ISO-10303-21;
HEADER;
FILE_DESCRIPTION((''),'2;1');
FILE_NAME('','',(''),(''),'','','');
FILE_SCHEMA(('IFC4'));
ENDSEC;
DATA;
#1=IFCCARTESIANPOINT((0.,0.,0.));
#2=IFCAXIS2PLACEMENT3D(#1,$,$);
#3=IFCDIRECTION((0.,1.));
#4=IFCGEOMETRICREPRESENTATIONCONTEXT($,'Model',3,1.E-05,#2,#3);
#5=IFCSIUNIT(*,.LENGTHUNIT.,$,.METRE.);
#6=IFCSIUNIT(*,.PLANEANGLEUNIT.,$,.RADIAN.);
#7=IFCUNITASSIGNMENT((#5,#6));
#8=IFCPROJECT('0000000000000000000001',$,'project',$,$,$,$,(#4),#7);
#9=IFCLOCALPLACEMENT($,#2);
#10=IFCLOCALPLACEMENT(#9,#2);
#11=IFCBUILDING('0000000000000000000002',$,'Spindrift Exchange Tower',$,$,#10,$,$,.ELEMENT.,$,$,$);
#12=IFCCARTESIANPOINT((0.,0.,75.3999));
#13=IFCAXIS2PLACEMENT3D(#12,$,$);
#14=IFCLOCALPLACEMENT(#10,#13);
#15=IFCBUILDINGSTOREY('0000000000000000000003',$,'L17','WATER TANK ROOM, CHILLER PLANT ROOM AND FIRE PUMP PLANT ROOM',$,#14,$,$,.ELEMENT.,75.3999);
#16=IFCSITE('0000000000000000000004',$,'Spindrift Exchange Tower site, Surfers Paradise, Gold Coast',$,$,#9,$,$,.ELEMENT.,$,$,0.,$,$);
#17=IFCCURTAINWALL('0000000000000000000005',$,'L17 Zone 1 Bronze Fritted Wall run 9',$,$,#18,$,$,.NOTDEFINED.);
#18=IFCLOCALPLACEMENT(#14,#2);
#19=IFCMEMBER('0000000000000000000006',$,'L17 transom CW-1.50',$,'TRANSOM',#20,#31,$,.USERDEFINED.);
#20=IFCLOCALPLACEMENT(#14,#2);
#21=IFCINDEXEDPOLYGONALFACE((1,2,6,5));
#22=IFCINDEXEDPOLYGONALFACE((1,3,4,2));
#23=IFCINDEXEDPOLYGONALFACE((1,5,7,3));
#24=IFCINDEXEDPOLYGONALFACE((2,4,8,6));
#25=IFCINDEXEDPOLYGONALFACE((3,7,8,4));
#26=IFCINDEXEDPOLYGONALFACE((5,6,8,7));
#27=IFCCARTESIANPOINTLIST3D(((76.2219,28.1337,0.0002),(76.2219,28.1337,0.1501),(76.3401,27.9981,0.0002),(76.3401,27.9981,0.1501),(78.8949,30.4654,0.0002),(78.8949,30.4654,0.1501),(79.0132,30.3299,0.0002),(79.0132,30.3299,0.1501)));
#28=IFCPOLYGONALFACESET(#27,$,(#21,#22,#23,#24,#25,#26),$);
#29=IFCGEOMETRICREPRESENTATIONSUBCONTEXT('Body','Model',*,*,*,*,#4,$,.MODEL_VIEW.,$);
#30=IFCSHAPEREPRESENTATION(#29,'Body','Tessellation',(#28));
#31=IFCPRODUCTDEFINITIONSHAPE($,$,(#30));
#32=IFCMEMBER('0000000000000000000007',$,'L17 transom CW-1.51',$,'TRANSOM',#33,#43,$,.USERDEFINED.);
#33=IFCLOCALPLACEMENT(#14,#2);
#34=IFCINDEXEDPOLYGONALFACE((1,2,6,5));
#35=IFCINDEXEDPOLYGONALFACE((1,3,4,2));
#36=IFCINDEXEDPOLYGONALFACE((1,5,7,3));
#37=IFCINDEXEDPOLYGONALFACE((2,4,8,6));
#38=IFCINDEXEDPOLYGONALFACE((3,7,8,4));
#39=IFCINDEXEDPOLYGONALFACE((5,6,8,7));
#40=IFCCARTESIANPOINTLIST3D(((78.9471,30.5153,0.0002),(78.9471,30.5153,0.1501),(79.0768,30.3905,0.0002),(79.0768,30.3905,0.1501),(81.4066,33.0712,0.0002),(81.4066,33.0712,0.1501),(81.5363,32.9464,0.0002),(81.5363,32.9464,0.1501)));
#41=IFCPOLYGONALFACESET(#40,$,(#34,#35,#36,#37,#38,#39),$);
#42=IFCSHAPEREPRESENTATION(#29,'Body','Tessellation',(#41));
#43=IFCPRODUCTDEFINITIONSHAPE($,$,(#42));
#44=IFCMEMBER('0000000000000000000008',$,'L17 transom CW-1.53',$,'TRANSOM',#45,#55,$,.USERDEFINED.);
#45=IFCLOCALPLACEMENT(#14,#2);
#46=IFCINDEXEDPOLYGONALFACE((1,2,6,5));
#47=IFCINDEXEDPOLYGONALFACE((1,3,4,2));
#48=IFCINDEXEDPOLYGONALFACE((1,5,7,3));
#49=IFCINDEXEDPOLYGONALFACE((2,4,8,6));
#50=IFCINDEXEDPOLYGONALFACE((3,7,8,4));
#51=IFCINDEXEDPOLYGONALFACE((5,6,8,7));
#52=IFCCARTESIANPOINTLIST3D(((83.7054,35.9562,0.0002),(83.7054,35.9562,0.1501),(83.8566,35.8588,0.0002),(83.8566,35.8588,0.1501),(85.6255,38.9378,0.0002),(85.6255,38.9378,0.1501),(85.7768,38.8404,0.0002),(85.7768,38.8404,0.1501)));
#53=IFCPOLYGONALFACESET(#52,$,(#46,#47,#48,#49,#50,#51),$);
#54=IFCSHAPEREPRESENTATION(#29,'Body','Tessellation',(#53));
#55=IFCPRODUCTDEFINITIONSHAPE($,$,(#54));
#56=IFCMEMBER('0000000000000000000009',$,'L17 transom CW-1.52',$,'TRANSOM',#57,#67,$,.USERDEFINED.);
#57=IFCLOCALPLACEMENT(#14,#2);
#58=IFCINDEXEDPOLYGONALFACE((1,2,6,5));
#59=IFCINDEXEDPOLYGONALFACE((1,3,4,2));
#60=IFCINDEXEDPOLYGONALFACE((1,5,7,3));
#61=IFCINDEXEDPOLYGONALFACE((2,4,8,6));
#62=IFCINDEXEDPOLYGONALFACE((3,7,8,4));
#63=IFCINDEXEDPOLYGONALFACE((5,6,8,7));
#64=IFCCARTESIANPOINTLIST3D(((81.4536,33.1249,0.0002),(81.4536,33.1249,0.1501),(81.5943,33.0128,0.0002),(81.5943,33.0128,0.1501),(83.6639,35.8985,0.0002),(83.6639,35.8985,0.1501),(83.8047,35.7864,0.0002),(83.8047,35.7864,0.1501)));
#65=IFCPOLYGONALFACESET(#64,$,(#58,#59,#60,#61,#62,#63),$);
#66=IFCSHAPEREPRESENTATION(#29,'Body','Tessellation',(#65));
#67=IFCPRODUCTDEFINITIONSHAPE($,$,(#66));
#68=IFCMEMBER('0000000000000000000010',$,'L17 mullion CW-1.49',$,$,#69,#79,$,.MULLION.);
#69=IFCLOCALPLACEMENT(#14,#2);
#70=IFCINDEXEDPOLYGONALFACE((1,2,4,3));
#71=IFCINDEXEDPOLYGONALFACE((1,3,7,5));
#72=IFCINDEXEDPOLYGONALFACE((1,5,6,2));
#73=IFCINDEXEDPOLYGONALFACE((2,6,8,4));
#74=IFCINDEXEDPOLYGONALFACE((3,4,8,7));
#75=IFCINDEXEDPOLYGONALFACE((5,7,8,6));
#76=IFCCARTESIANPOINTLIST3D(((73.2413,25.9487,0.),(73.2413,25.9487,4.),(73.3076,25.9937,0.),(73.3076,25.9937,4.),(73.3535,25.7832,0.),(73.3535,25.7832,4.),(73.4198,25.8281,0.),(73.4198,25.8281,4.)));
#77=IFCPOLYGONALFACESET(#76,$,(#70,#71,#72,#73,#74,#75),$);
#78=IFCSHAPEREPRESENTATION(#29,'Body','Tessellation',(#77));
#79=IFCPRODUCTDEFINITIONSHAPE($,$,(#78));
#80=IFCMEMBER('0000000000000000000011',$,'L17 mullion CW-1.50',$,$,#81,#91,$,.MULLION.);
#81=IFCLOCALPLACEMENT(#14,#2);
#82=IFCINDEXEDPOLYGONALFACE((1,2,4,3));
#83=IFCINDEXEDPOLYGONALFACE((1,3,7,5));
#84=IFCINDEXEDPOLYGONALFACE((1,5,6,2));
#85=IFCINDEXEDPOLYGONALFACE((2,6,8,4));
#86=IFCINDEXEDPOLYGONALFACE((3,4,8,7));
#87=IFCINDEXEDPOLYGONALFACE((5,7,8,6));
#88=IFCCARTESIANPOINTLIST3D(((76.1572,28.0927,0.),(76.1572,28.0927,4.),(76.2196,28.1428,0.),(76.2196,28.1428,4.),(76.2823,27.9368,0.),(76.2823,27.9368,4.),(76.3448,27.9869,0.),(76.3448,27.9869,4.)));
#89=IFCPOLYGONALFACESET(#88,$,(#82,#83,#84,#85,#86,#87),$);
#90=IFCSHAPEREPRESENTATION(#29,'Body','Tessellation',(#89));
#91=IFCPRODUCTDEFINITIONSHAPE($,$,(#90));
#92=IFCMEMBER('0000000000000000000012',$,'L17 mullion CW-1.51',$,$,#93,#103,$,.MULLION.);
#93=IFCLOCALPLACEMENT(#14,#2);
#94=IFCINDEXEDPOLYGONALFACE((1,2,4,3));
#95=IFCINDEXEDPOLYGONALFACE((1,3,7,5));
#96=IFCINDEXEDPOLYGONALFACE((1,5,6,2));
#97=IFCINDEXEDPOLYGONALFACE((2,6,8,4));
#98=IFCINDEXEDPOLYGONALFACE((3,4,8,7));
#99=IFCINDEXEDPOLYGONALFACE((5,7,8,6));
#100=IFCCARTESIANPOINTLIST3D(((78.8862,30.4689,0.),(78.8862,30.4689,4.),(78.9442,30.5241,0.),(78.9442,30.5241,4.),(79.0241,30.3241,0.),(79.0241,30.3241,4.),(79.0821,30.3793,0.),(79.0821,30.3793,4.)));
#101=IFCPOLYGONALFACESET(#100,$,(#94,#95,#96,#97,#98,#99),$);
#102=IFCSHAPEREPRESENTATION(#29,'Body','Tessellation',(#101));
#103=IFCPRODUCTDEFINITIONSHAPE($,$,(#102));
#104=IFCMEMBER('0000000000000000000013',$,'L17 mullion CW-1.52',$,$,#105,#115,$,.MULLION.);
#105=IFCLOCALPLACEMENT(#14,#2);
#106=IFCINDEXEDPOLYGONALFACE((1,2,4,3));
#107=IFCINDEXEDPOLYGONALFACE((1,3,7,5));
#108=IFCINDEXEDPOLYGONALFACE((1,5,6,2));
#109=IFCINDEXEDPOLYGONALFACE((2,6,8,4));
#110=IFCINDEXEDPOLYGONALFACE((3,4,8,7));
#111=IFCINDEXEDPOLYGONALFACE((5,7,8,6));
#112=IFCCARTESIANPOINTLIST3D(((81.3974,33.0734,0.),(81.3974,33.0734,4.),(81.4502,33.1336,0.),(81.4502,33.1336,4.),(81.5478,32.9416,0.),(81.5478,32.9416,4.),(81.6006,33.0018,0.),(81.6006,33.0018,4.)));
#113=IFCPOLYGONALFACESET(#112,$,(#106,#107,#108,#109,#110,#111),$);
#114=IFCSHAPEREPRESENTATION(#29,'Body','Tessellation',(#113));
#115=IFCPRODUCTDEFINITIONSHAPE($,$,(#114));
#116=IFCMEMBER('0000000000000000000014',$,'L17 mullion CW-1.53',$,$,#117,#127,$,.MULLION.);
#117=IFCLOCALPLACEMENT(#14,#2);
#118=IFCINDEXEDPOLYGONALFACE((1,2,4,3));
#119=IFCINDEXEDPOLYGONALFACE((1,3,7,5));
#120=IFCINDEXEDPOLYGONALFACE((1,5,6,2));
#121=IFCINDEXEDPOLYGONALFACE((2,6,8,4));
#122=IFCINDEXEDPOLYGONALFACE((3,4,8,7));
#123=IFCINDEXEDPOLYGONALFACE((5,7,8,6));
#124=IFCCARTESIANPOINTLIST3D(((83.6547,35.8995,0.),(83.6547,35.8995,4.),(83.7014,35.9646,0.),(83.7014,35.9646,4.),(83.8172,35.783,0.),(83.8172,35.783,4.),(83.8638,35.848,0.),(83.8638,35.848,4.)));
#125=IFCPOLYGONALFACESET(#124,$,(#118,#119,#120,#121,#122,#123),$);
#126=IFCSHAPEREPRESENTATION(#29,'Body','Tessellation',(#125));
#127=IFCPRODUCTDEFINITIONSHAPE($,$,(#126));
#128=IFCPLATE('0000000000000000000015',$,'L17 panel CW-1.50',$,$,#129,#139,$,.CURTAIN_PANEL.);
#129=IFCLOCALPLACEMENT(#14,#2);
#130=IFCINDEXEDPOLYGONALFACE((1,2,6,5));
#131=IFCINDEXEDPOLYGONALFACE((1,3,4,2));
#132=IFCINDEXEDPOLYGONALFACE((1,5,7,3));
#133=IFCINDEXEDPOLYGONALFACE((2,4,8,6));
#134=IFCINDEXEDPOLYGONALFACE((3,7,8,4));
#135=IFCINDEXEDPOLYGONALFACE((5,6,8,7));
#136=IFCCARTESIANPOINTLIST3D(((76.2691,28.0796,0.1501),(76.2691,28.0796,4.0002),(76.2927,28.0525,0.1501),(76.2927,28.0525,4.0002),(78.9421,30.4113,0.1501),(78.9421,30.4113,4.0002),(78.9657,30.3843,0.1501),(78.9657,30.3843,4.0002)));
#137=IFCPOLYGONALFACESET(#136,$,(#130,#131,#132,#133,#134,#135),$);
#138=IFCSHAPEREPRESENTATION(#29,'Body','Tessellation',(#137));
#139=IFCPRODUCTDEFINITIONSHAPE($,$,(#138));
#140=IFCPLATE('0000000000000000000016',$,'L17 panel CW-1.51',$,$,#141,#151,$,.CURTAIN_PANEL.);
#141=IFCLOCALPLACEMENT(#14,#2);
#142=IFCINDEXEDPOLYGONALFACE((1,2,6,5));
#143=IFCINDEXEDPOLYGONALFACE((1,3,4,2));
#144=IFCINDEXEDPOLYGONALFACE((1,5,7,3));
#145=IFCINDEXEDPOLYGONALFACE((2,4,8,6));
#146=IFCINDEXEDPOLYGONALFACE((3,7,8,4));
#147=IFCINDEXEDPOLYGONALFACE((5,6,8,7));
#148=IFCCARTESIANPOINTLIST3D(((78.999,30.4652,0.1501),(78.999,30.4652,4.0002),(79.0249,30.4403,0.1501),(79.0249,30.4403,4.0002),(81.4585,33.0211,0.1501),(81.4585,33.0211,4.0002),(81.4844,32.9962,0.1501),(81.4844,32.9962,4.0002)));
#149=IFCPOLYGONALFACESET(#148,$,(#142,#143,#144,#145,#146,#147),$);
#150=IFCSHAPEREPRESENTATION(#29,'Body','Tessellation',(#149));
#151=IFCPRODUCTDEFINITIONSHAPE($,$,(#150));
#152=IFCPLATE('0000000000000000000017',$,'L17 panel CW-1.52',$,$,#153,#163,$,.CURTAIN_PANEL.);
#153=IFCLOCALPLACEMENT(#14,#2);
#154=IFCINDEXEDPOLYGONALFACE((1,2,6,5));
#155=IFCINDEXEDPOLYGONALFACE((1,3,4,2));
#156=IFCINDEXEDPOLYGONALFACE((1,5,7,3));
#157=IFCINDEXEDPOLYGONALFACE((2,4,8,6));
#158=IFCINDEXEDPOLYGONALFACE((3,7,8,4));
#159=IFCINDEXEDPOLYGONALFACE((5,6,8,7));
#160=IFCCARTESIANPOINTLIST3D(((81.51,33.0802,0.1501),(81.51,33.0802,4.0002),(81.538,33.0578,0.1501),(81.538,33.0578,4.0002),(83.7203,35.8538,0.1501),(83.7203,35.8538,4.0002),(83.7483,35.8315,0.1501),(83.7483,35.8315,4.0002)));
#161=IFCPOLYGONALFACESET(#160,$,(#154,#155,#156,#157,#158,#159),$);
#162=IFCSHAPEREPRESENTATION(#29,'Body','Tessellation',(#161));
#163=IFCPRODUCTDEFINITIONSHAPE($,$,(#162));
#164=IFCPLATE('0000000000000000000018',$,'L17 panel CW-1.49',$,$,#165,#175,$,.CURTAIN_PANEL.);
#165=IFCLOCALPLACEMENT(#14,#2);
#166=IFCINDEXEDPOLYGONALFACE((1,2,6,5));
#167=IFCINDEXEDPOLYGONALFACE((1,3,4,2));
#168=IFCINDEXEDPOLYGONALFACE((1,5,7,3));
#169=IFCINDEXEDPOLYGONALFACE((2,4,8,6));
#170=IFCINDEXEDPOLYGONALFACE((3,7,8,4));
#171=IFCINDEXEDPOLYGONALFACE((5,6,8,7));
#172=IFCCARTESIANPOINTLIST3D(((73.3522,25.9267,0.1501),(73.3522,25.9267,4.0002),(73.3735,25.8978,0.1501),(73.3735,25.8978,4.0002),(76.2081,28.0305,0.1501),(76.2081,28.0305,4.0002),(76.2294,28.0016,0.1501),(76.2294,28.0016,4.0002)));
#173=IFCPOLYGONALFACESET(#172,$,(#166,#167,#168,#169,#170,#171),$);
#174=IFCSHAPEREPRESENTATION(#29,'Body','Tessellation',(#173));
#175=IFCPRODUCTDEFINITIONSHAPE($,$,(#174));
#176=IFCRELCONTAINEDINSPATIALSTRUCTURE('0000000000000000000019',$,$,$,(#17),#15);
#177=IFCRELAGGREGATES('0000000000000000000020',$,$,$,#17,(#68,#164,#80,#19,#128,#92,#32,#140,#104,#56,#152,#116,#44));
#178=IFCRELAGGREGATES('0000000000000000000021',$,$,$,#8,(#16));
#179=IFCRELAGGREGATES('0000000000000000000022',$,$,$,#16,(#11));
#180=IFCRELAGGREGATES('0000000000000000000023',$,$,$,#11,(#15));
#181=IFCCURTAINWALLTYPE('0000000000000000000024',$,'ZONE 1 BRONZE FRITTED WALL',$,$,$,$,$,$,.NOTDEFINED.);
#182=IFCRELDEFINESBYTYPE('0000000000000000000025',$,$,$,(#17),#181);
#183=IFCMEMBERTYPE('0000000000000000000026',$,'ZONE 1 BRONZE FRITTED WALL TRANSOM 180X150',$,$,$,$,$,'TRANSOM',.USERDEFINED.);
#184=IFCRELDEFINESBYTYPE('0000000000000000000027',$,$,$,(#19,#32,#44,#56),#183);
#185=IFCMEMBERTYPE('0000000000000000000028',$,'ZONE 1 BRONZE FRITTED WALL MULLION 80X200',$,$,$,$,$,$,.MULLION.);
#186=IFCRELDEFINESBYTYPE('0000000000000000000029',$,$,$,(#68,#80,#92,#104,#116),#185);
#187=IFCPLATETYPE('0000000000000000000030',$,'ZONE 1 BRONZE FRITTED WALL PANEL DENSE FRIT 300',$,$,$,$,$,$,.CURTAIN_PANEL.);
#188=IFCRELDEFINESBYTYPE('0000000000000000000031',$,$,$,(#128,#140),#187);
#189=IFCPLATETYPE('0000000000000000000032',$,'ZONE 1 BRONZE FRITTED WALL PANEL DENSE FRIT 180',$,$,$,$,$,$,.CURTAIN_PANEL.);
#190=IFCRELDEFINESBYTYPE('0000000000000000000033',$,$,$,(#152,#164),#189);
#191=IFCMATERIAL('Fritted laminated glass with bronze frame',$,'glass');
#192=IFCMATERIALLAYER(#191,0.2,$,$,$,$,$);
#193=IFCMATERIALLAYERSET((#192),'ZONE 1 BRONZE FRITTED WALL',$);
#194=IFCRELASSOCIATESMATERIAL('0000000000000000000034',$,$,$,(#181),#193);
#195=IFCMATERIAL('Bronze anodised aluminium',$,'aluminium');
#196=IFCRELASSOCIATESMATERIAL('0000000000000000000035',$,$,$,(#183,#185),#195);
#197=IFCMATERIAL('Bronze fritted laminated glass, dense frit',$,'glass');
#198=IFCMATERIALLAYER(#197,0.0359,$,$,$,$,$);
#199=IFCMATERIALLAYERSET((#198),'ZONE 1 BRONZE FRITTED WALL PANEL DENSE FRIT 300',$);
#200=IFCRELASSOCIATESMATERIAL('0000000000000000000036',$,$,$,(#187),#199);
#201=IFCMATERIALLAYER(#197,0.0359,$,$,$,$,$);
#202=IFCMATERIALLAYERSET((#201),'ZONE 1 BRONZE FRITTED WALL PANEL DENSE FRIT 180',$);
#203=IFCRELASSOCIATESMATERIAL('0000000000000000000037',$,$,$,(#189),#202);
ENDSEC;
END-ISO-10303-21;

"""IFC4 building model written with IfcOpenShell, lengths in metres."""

from ifc_helpers import new_model, si_unit, direction, frame, origin, origin_2d, place, context, subcontext, project, spatial, rectangle, extrude, source, transform, mapped, material, layer, layer_set, material_profile, profile_set, type_object, element, aggregate, save


model = new_model("IFC4")

# Units and contexts
model_context = context("Model", 3, precision=1e-05, world=origin(), true_north=direction((0.0, 1.0)))
body_context = subcontext(model_context, "Body", "Model", "MODEL_VIEW")
ifc_project = project(units=[si_unit("LENGTHUNIT", "METRE"), si_unit("PLANEANGLEUNIT", "RADIAN")], contexts=[model_context])

# Site, building, storey
site_placement = place(None, origin())
site = spatial("IfcSite", under=ifc_project, at=site_placement, Name="Spindrift Exchange Tower site, Surfers Paradise, Gold Coast", CompositionType="ELEMENT", RefElevation=0.0)
building_placement = place(site_placement, origin())
building = spatial("IfcBuilding", under=site, at=building_placement, Name="Spindrift Exchange Tower", CompositionType="ELEMENT")
storey_placement = place(building_placement, frame((0.0, 0.0, 75.3999)))
storey = spatial("IfcBuildingStorey", under=building, at=storey_placement, Name="L17", Description="WATER TANK ROOM, CHILLER PLANT ROOM AND FIRE PUMP PLANT ROOM", CompositionType="ELEMENT", Elevation=75.3999)

# Curtain wall, members, plates
ifc_material_1 = material(Name="Fritted laminated glass with bronze frame", Category="glass")
ifc_layer_1 = layer(ifc_material_1, 0.2)
ifc_layer_set_1 = layer_set([ifc_layer_1], Name="ZONE 1 BRONZE FRITTED WALL")
curtain_wall_type = type_object("IfcCurtainWallType", Name="ZONE 1 BRONZE FRITTED WALL", PredefinedType="NOTDEFINED", material=ifc_layer_set_1)
curtain_wall_placement = place(storey_placement, origin())
curtain_wall = element("IfcCurtainWall", 1, at=curtain_wall_placement, inside=storey, type_object=curtain_wall_type, Name="L17 Zone 1 Bronze Fritted Wall run 9", PredefinedType="NOTDEFINED")
ifc_material_2 = material(Name="Bronze anodised aluminium", Category="aluminium")
ifc_material_profile_1 = material_profile(ifc_material_2, rectangle(XDim=0.1799, YDim=0.1499, at=origin_2d()), Name="ZONE 1 BRONZE FRITTED WALL TRANSOM 180X150")
ifc_profile_set_1 = profile_set([ifc_material_profile_1], Name="Bronze anodised aluminium")
member_type_1 = type_object("IfcMemberType", Name="ZONE 1 BRONZE FRITTED WALL TRANSOM 180X150", ElementType="TRANSOM", PredefinedType="USERDEFINED", material=ifc_profile_set_1)
shared_shape_1 = source(origin(), body_context, "Body", "SweptSolid", [
    extrude(rectangle(XDim=0.1799, YDim=0.1499, at=origin_2d()), origin(), (0.0, 0.0, 1.0), 3.5471),
])
member_1_placement = place(storey_placement, frame((76.281, 28.0659, 0.0752), z_axis=(0.753578, 0.657359, 0.0), x_axis=(-0.657359, 0.753578, 0.0)))
member_1 = element("IfcMember", 2, at=member_1_placement, type_object=member_type_1, Name="L17 transom CW-1.50", ObjectType="TRANSOM", PredefinedType="USERDEFINED", context=body_context, shape_type="MappedRepresentation", body=[
    mapped(shared_shape_1, transform((0.0, 0.0, 0.0), scale=1.0)),
])
member_2_placement = place(storey_placement, frame((79.012, 30.4529, 0.0752), z_axis=(0.693382, 0.72057, 0.0), x_axis=(-0.72057, 0.693382, 0.0)))
member_2 = element("IfcMember", 3, at=member_2_placement, type_object=member_type_1, Name="L17 transom CW-1.51", ObjectType="TRANSOM", PredefinedType="USERDEFINED", context=body_context, shape_type="MappedRepresentation", body=[
    mapped(shared_shape_1, transform((0.0, 0.0, 0.0), scale=1.0)),
])
shared_shape_2 = source(origin(), body_context, "Body", "SweptSolid", [
    extrude(rectangle(XDim=0.1799, YDim=0.1499, at=origin_2d()), origin(), (0.0, 0.0, 1.0), 3.5464),
])
member_3_placement = place(storey_placement, frame((83.781, 35.9075, 0.0752), z_axis=(0.541429, 0.840747, 0.0), x_axis=(-0.840747, 0.541429, 0.0)))
member_3 = element("IfcMember", 4, at=member_3_placement, type_object=member_type_1, Name="L17 transom CW-1.53", ObjectType="TRANSOM", PredefinedType="USERDEFINED", context=body_context, shape_type="MappedRepresentation", body=[
    mapped(shared_shape_2, transform((0.0, 0.0, 0.0), scale=1.0)),
])
shared_shape_3 = source(origin(), body_context, "Body", "SweptSolid", [
    extrude(rectangle(XDim=0.1799, YDim=0.1499, at=origin_2d()), origin(), (0.0, 0.0, 1.0), 3.5466),
])
member_4_placement = place(storey_placement, frame((81.5239, 33.0688, 0.0752), z_axis=(0.623233, 0.782036, 0.0), x_axis=(-0.782036, 0.623233, 0.0)))
member_4 = element("IfcMember", 5, at=member_4_placement, type_object=member_type_1, Name="L17 transom CW-1.52", ObjectType="TRANSOM", PredefinedType="USERDEFINED", context=body_context, shape_type="MappedRepresentation", body=[
    mapped(shared_shape_3, transform((0.0, 0.0, 0.0), scale=1.0)),
])
ifc_material_profile_2 = material_profile(ifc_material_2, rectangle(XDim=0.0801, YDim=0.2, at=origin_2d()), Name="ZONE 1 BRONZE FRITTED WALL MULLION 80X200")
ifc_profile_set_2 = profile_set([ifc_material_profile_2], Name="Bronze anodised aluminium")
member_type_2 = type_object("IfcMemberType", Name="ZONE 1 BRONZE FRITTED WALL MULLION 80X200", PredefinedType="MULLION", material=ifc_profile_set_2)
shared_shape_4 = source(origin(), body_context, "Body", "SweptSolid", [
    extrude(rectangle(XDim=0.0801, YDim=0.2, at=origin_2d()), origin(), (0.0, 0.0, 1.0), 4.0),
])
member_5_placement = place(storey_placement, frame((73.3306, 25.8884, 0.0), z_axis=(0.0, 0.0, 1.0), x_axis=(0.82783, 0.560978, 0.0)))
member_5 = element("IfcMember", 6, at=member_5_placement, type_object=member_type_2, Name="L17 mullion CW-1.49", PredefinedType="MULLION", context=body_context, shape_type="MappedRepresentation", body=[
    mapped(shared_shape_4, transform((0.0, 0.0, 0.0), scale=1.0)),
])
member_6_placement = place(storey_placement, frame((76.251, 28.0398, 0.0), z_axis=(0.0, 0.0, 1.0), x_axis=(0.78001, 0.625767, 0.0)))
member_6 = element("IfcMember", 7, at=member_6_placement, type_object=member_type_2, Name="L17 mullion CW-1.50", PredefinedType="MULLION", context=body_context, shape_type="MappedRepresentation", body=[
    mapped(shared_shape_4, transform((0.0, 0.0, 0.0), scale=1.0)),
])
member_7_placement = place(storey_placement, frame((78.9841, 30.4241, 0.0), z_axis=(0.0, 0.0, 1.0), x_axis=(0.724164, 0.689628, 0.0)))
member_7 = element("IfcMember", 8, at=member_7_placement, type_object=member_type_2, Name="L17 mullion CW-1.51", PredefinedType="MULLION", context=body_context, shape_type="MappedRepresentation", body=[
    mapped(shared_shape_4, transform((0.0, 0.0, 0.0), scale=1.0)),
])
member_8_placement = place(storey_placement, frame((81.499, 33.0376, 0.0), z_axis=(0.0, 0.0, 1.0), x_axis=(0.659013, 0.752131, 0.0)))
member_8 = element("IfcMember", 9, at=member_8_placement, type_object=member_type_2, Name="L17 mullion CW-1.52", PredefinedType="MULLION", context=body_context, shape_type="MappedRepresentation", body=[
    mapped(shared_shape_4, transform((0.0, 0.0, 0.0), scale=1.0)),
])
member_9_placement = place(storey_placement, frame((83.7593, 35.8738, 0.0), z_axis=(0.0, 0.0, 1.0), x_axis=(0.583065, 0.812425, 0.0)))
member_9 = element("IfcMember", 10, at=member_9_placement, type_object=member_type_2, Name="L17 mullion CW-1.53", PredefinedType="MULLION", context=body_context, shape_type="MappedRepresentation", body=[
    mapped(shared_shape_4, transform((0.0, 0.0, 0.0), scale=1.0)),
])
ifc_material_3 = material(Name="Bronze fritted laminated glass, dense frit", Category="glass")
ifc_layer_2 = layer(ifc_material_3, 0.0359)
ifc_layer_set_2 = layer_set([ifc_layer_2], Name="ZONE 1 BRONZE FRITTED WALL PANEL DENSE FRIT 300")
plate_type_1 = type_object("IfcPlateType", Name="ZONE 1 BRONZE FRITTED WALL PANEL DENSE FRIT 300", PredefinedType="CURTAIN_PANEL", material=ifc_layer_set_2)
shared_shape_5 = source(origin(), body_context, "Body", "SweptSolid", [
    extrude(rectangle(XDim=3.5471, YDim=0.0359, at=origin_2d()), origin(), (0.0, 0.0, 1.0), 3.8501),
])
plate_1_placement = place(storey_placement, frame((77.6174, 29.2319, 0.1501), z_axis=(0.0, 0.0, 1.0), x_axis=(0.753565, 0.657374, 0.0)))
plate_1 = element("IfcPlate", 11, at=plate_1_placement, type_object=plate_type_1, Name="L17 panel CW-1.50", PredefinedType="CURTAIN_PANEL", context=body_context, shape_type="MappedRepresentation", body=[
    mapped(shared_shape_5, transform((0.0, 0.0, 0.0), scale=1.0)),
])
plate_2_placement = place(storey_placement, frame((80.2417, 31.7307, 0.1501), z_axis=(0.0, 0.0, 1.0), x_axis=(0.693384, 0.720568, 0.0)))
plate_2 = element("IfcPlate", 12, at=plate_2_placement, type_object=plate_type_1, Name="L17 panel CW-1.51", PredefinedType="CURTAIN_PANEL", context=body_context, shape_type="MappedRepresentation", body=[
    mapped(shared_shape_5, transform((0.0, 0.0, 0.0), scale=1.0)),
])
ifc_layer_3 = layer(ifc_material_3, 0.0359)
ifc_layer_set_3 = layer_set([ifc_layer_3], Name="ZONE 1 BRONZE FRITTED WALL PANEL DENSE FRIT 180")
plate_type_2 = type_object("IfcPlateType", Name="ZONE 1 BRONZE FRITTED WALL PANEL DENSE FRIT 180", PredefinedType="CURTAIN_PANEL", material=ifc_layer_set_3)
shared_shape_6 = source(origin(), body_context, "Body", "SweptSolid", [
    extrude(rectangle(XDim=3.5466, YDim=0.0359, at=origin_2d()), origin(), (0.0, 0.0, 1.0), 3.8501),
])
plate_3_placement = place(storey_placement, frame((82.6292, 34.4558, 0.1501), z_axis=(0.0, 0.0, 1.0), x_axis=(0.623208, 0.782056, 0.0)))
plate_3 = element("IfcPlate", 13, at=plate_3_placement, type_object=plate_type_2, Name="L17 panel CW-1.52", PredefinedType="CURTAIN_PANEL", context=body_context, shape_type="MappedRepresentation", body=[
    mapped(shared_shape_6, transform((0.0, 0.0, 0.0), scale=1.0)),
])
shared_shape_7 = source(origin(), body_context, "Body", "SweptSolid", [
    extrude(rectangle(XDim=3.5471, YDim=0.0359, at=origin_2d()), origin(), (0.0, 0.0, 1.0), 3.8501),
])
plate_4_placement = place(storey_placement, frame((74.7908, 26.9641, 0.1501), z_axis=(0.0, 0.0, 1.0), x_axis=(0.805131, 0.593097, 0.0)))
plate_4 = element("IfcPlate", 14, at=plate_4_placement, type_object=plate_type_2, Name="L17 panel CW-1.49", PredefinedType="CURTAIN_PANEL", context=body_context, shape_type="MappedRepresentation", body=[
    mapped(shared_shape_7, transform((0.0, 0.0, 0.0), scale=1.0)),
])
aggregate(curtain_wall, [member_5, plate_4, member_6, member_1, plate_1, member_7, member_2, plate_2, member_8, member_4, plate_3, member_9, member_3])

save(model, "model.ifc")
